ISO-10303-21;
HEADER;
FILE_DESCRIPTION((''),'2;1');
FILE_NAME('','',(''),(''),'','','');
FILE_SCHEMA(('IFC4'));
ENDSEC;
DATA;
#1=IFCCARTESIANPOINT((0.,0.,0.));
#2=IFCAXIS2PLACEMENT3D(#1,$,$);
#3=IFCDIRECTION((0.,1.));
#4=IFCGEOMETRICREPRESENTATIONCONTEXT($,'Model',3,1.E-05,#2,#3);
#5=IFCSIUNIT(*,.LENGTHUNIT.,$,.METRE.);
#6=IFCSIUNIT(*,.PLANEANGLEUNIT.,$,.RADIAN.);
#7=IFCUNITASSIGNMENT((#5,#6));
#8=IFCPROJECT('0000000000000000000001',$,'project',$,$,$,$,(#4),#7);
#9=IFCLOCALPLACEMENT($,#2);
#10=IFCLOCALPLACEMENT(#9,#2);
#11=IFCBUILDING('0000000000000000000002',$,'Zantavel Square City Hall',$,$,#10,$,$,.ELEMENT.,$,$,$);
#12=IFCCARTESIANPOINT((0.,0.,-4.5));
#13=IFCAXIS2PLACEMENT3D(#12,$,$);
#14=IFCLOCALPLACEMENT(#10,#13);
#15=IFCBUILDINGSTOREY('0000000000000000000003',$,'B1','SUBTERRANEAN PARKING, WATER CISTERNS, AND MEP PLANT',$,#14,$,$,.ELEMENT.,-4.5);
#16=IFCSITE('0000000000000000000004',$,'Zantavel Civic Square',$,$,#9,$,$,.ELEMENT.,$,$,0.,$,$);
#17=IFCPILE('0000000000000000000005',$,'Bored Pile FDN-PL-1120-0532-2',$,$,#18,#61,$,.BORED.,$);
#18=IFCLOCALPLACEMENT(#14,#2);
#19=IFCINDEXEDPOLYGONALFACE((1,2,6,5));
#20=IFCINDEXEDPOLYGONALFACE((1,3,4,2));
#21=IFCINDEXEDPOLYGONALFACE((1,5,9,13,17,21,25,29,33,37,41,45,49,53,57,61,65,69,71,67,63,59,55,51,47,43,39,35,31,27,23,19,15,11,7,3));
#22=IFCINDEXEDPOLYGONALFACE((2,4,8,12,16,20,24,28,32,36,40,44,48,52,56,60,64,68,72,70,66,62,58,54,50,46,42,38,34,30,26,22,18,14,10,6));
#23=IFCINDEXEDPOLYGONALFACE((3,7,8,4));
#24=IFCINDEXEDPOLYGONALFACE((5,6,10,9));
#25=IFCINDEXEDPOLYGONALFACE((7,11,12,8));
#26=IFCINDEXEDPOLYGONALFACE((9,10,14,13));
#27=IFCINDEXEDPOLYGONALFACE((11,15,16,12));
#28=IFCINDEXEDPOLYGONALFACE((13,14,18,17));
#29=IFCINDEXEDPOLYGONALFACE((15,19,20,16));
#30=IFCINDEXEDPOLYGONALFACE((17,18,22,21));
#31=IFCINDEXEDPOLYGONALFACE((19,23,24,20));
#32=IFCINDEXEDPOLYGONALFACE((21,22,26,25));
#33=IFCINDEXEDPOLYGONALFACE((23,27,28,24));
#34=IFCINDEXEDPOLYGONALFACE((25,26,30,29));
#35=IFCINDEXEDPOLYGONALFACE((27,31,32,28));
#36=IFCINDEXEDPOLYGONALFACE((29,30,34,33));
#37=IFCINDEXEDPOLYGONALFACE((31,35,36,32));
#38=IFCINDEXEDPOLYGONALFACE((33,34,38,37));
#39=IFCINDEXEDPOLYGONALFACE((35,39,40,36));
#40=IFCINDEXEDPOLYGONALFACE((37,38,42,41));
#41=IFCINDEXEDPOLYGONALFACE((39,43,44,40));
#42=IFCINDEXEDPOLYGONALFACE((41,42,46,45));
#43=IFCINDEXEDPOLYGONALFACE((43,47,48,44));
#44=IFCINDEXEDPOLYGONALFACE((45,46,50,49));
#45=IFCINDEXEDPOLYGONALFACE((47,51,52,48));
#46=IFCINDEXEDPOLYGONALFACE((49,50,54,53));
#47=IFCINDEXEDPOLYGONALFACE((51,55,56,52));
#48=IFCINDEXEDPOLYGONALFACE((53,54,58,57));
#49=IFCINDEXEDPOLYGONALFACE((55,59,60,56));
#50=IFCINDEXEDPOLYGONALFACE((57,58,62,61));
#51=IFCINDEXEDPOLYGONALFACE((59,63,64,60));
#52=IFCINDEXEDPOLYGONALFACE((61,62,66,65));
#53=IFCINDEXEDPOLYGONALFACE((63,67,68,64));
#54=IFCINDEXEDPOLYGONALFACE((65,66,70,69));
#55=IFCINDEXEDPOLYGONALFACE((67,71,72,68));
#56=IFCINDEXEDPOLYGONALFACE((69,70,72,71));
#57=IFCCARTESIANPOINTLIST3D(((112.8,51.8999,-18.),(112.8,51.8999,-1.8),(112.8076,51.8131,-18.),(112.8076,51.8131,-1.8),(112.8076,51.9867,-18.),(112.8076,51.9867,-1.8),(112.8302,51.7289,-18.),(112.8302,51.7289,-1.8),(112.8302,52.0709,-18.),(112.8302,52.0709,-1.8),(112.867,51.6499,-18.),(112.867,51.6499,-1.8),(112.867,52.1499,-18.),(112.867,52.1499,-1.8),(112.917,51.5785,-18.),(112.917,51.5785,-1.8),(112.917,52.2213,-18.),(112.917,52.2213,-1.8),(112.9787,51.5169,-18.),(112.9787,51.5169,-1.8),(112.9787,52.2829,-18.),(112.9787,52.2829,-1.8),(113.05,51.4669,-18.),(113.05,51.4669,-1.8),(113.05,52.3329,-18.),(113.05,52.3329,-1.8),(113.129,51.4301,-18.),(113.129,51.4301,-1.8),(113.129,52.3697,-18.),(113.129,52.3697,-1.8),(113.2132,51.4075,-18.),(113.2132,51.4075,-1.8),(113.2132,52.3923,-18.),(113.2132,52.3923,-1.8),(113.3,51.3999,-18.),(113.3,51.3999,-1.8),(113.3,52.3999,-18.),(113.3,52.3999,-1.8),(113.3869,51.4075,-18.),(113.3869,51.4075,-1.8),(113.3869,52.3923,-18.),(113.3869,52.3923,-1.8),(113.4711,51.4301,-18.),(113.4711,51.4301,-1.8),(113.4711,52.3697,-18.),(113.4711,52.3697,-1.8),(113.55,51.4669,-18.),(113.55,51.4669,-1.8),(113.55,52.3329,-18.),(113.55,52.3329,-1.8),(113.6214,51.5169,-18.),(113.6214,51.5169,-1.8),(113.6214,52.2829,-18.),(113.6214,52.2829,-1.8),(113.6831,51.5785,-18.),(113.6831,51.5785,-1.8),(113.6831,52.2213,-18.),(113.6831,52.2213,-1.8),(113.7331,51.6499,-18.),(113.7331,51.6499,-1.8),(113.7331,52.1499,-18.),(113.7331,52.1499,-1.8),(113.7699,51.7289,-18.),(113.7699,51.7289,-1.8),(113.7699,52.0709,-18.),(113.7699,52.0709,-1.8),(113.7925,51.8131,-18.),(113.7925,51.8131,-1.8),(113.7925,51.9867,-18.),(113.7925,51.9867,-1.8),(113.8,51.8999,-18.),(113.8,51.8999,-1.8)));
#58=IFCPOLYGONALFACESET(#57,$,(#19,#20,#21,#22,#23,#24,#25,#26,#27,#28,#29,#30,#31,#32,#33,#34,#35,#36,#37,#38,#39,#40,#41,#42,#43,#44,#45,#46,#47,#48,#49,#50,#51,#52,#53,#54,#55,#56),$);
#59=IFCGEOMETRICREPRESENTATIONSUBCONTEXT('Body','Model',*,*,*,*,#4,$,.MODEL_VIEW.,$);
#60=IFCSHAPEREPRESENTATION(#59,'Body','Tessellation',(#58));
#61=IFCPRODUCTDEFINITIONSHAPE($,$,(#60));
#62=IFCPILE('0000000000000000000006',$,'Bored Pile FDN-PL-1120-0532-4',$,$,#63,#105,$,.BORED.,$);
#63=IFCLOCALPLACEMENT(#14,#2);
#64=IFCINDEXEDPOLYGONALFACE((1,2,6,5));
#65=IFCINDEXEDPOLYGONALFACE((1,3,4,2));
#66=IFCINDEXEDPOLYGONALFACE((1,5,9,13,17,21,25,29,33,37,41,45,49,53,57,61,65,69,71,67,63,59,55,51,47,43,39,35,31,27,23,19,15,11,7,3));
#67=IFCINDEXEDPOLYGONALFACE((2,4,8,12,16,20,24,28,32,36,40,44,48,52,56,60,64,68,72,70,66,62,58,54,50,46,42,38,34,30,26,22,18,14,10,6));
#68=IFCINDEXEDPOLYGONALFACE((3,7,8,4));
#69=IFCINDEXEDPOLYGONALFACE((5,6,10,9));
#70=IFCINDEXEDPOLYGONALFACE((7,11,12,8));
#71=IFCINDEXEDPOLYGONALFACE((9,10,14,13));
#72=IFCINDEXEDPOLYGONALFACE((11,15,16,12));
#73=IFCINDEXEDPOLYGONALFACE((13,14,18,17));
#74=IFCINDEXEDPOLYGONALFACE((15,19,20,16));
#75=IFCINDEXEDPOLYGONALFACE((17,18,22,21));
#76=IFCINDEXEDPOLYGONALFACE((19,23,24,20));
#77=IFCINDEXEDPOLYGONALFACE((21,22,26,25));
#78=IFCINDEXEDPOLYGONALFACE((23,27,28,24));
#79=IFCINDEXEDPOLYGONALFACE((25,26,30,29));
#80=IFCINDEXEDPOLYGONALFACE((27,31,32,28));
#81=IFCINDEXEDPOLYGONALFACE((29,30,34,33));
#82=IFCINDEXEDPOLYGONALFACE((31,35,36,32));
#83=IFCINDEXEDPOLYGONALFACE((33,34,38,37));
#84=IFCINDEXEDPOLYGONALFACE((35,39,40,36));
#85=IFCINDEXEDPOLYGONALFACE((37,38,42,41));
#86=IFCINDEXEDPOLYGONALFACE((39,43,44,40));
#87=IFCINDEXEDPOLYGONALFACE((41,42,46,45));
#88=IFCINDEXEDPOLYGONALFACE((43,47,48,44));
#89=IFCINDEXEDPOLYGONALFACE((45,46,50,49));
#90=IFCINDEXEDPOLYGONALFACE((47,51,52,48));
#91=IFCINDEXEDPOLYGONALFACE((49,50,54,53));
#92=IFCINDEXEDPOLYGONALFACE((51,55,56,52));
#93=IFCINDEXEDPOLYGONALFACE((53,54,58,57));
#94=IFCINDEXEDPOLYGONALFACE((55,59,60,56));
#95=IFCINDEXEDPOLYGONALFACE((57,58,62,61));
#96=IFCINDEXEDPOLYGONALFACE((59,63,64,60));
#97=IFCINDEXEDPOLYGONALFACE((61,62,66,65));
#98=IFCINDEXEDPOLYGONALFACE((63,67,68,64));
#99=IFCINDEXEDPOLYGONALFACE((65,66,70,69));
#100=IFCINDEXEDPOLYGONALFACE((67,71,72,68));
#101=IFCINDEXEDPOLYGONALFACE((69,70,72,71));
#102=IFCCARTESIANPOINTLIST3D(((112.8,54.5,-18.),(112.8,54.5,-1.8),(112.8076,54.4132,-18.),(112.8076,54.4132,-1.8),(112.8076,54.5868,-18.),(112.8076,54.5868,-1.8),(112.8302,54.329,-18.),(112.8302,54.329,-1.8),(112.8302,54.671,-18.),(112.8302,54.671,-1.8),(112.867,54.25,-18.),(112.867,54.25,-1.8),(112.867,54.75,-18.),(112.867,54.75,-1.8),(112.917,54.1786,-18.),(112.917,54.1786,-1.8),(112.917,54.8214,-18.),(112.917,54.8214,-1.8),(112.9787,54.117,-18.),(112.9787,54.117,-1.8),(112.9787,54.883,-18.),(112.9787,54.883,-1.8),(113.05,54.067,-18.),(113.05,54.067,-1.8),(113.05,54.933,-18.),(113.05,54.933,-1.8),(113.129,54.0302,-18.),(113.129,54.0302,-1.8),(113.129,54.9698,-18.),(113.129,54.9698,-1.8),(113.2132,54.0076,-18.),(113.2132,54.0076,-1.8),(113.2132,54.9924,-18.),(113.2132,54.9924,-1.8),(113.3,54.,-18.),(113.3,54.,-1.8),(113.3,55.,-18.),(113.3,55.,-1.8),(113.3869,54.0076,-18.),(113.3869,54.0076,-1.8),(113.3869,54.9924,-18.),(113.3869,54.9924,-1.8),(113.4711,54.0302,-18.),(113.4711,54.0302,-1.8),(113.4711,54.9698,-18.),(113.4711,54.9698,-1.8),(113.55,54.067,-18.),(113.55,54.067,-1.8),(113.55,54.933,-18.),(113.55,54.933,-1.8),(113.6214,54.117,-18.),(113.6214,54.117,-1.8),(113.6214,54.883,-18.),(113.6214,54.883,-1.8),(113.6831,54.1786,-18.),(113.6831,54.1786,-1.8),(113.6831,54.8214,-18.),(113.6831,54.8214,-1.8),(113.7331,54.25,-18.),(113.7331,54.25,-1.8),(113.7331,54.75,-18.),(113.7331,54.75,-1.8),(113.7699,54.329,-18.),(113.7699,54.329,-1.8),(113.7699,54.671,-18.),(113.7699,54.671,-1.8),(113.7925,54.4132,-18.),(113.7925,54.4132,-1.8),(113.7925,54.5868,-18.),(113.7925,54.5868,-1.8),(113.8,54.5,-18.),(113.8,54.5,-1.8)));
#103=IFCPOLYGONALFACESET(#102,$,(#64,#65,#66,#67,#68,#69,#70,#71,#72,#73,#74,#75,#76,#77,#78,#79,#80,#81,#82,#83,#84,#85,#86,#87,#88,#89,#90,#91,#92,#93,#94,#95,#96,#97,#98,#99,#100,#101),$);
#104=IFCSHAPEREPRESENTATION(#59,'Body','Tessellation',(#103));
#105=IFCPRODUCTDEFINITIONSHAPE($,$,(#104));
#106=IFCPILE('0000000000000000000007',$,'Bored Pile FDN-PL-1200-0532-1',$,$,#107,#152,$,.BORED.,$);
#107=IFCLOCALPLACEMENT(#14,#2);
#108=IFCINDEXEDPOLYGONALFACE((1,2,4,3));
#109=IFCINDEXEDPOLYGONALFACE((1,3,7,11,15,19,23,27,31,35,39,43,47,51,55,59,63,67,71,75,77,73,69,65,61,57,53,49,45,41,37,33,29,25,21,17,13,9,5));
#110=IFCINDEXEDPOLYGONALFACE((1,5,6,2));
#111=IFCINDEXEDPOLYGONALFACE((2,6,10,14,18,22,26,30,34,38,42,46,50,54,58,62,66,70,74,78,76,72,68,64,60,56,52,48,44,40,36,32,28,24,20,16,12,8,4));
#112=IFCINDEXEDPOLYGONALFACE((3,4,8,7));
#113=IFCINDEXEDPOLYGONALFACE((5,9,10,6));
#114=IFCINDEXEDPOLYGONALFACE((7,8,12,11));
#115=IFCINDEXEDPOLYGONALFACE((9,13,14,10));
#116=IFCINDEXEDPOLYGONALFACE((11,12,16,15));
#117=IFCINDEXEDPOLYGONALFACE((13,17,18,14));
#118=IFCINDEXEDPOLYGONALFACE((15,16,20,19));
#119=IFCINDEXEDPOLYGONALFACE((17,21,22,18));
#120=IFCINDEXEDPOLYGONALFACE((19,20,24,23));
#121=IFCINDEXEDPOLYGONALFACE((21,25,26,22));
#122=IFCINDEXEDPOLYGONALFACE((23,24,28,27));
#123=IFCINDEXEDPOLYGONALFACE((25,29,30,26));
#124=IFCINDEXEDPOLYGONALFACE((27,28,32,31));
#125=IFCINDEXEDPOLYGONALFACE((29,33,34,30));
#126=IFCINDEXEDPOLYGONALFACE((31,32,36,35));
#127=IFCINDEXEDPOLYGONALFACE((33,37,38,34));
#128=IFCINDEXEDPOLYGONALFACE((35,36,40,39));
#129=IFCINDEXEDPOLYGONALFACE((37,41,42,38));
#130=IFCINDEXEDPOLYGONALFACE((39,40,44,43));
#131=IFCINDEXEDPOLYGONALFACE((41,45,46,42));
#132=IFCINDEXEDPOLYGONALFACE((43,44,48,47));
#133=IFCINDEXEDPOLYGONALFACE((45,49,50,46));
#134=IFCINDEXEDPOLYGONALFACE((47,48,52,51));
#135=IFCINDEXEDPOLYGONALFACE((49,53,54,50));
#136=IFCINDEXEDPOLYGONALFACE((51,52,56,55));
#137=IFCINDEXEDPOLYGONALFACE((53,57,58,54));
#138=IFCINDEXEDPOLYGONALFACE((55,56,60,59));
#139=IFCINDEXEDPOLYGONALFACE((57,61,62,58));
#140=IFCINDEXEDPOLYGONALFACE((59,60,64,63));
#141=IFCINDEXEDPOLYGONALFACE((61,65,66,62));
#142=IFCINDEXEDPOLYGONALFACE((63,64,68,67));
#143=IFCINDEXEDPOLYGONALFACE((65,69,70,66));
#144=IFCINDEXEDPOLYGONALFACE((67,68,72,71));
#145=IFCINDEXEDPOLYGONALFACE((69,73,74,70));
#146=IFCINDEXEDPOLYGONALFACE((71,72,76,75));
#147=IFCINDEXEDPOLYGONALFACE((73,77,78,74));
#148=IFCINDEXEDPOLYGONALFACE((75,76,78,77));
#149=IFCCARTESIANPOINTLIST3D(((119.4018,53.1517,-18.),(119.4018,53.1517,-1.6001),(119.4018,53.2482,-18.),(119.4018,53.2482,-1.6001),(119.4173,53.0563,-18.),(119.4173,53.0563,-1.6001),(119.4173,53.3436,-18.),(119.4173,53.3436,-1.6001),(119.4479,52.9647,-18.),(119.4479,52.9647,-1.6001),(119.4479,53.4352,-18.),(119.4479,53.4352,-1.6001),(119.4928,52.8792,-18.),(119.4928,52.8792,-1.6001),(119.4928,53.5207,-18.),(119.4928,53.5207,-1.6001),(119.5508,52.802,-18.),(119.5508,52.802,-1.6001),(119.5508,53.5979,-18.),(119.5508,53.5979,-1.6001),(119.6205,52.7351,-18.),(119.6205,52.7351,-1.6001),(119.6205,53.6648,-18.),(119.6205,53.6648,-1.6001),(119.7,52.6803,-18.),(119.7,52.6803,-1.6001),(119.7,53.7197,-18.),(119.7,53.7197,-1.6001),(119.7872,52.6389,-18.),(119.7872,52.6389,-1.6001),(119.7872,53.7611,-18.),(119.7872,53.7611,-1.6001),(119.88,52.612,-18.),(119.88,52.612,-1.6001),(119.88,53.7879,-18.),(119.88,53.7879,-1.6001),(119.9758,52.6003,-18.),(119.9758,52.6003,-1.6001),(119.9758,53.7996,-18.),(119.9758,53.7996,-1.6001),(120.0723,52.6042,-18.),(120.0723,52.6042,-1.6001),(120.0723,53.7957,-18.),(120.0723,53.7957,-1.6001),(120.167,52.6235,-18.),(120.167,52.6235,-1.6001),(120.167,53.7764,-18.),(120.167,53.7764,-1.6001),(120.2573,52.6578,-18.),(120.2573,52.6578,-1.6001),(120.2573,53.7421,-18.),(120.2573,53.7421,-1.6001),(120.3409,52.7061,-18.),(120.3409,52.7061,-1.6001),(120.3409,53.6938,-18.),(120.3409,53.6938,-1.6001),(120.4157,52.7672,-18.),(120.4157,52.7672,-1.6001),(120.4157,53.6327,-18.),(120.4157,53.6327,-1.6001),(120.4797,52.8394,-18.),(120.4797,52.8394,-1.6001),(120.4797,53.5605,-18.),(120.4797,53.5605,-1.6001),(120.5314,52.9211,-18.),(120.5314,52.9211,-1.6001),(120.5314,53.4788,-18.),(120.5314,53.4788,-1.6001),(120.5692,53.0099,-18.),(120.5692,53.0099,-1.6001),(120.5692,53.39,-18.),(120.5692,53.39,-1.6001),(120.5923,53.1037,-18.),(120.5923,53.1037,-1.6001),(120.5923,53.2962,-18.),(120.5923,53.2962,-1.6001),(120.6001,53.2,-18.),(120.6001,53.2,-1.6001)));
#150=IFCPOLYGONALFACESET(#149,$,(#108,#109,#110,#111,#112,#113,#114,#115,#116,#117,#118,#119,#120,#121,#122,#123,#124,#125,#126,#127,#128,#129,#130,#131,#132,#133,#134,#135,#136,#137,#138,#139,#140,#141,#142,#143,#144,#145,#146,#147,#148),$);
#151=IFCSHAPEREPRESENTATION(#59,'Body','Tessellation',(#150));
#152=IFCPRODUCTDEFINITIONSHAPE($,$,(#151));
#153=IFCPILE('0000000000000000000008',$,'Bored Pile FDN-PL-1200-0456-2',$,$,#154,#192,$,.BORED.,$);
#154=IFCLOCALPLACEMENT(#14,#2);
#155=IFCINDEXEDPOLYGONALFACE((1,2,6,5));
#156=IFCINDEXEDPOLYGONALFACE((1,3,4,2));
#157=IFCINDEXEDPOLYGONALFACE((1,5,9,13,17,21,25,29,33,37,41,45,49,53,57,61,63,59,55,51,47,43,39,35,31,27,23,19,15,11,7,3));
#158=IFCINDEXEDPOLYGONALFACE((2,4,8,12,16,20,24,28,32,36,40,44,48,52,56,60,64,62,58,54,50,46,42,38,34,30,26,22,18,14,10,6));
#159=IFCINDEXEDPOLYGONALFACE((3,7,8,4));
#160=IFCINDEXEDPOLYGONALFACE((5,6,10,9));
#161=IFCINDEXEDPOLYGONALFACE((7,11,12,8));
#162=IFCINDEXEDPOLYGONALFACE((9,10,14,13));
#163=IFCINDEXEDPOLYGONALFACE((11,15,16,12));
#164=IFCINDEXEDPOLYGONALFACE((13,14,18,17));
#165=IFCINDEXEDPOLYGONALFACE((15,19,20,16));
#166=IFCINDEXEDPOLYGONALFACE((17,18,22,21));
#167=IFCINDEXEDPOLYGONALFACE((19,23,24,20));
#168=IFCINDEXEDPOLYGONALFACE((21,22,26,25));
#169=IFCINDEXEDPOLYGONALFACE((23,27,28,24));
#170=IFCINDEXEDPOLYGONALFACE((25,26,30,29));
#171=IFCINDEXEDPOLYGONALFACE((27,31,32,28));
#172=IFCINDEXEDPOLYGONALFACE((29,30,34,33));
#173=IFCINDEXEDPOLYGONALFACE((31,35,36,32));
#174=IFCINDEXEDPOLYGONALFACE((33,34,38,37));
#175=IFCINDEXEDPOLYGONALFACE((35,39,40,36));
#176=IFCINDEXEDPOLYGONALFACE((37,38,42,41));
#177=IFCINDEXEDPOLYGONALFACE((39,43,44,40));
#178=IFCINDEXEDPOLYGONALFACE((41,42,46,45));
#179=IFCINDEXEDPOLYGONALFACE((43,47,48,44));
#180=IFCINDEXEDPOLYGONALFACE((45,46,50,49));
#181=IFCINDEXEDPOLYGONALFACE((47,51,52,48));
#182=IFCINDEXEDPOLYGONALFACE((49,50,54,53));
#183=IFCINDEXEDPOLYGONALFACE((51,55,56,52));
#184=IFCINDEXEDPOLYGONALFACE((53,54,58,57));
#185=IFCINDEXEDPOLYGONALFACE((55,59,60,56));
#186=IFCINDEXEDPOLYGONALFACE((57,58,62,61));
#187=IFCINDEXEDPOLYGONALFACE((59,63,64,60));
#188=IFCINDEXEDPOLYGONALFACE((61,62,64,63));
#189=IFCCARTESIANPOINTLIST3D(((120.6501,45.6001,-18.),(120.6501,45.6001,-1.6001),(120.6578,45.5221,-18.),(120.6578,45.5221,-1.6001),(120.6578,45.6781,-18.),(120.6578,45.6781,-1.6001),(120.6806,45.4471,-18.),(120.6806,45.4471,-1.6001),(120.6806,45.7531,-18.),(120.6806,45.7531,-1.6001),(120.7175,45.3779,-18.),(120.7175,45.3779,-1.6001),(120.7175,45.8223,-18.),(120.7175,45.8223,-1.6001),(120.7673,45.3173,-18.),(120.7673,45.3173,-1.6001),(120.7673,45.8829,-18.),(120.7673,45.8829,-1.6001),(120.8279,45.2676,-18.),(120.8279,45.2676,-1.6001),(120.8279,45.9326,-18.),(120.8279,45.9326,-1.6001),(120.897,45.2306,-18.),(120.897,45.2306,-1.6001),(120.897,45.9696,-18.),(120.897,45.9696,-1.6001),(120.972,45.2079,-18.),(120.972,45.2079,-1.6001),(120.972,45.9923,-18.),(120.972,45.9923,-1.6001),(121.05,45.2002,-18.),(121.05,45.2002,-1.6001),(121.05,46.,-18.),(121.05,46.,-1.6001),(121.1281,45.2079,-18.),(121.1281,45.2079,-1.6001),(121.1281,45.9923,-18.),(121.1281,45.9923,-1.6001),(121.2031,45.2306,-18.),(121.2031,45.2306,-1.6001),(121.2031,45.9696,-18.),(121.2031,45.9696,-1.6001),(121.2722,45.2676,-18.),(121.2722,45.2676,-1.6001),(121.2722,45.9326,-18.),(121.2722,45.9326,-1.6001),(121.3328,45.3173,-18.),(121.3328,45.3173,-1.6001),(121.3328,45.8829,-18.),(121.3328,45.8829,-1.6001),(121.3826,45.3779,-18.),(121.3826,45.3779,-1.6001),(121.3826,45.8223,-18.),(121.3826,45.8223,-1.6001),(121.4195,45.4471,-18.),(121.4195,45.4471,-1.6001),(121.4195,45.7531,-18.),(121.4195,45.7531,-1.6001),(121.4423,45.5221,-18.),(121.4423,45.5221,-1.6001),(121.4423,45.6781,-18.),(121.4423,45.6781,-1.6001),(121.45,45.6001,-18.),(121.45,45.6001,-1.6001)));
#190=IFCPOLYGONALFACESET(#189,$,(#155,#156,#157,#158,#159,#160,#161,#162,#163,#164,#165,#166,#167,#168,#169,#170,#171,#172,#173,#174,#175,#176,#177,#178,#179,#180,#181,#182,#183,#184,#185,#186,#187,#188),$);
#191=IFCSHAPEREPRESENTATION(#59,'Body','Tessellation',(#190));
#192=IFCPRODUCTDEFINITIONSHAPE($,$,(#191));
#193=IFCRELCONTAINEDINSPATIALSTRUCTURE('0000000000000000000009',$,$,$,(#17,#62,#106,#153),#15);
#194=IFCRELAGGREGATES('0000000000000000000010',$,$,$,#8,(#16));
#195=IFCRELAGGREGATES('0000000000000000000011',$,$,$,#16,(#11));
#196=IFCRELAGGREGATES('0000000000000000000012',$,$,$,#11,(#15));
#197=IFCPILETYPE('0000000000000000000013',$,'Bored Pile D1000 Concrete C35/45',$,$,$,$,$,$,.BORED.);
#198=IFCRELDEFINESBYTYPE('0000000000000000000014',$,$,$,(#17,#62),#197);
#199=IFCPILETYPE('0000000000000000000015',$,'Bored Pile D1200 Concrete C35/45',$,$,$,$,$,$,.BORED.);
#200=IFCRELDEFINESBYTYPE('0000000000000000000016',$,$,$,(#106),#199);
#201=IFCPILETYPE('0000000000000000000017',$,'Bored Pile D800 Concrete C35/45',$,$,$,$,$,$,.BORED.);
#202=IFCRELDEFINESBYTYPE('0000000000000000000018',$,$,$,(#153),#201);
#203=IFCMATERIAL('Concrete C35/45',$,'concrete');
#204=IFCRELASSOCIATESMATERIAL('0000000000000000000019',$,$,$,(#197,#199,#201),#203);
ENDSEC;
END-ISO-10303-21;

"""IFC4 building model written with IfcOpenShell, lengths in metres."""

from ifc_helpers import new_model, si_unit, direction, frame, origin, origin_2d, place, context, subcontext, project, spatial, circle, extrude, material, material_profile, profile_set, type_object, element, save


model = new_model("IFC4")

# Units and contexts
model_context = context("Model", 3, precision=1e-05, world=origin(), true_north=direction((0.0, 1.0)))
body_context = subcontext(model_context, "Body", "Model", "MODEL_VIEW")
ifc_project = project(units=[si_unit("LENGTHUNIT", "METRE"), si_unit("PLANEANGLEUNIT", "RADIAN")], contexts=[model_context])

# Site, building, storey
site_placement = place(None, origin())
site = spatial("IfcSite", under=ifc_project, at=site_placement, Name="Zantavel Civic Square", CompositionType="ELEMENT", RefElevation=0.0)
building_placement = place(site_placement, origin())
building = spatial("IfcBuilding", under=site, at=building_placement, Name="Zantavel Square City Hall", CompositionType="ELEMENT")
storey_placement = place(building_placement, frame((0.0, 0.0, -4.5)))
storey = spatial("IfcBuildingStorey", under=building, at=storey_placement, Name="B1", Description="SUBTERRANEAN PARKING, WATER CISTERNS, AND MEP PLANT", CompositionType="ELEMENT", Elevation=-4.5)

# Piles
ifc_material_1 = material(Name="Concrete C35/45", Category="concrete")
ifc_material_profile_1 = material_profile(ifc_material_1, circle(Radius=0.5, at=origin_2d()), Name="PILE D1000")
ifc_profile_set_1 = profile_set([ifc_material_profile_1], Name="Concrete C35/45")
pile_type_1 = type_object("IfcPileType", Name="Bored Pile D1000 Concrete C35/45", PredefinedType="BORED", material=ifc_profile_set_1)
for number, where, z_axis, x_axis, name in (
    (1, (113.3, 51.8999, -1.8), (0.0, 0.0, -1.0), (1.0, 0.0, 0.0), "Bored Pile FDN-PL-1120-0532-2"),
    (2, (113.3, 54.5, -1.8), (0.0, 0.0, -1.0), (1.0, 0.0, 0.0), "Bored Pile FDN-PL-1120-0532-4"),
):
    element("IfcPile", number, at=place(storey_placement, frame(where, z_axis=z_axis, x_axis=x_axis)), inside=storey, type_object=pile_type_1, Name=name, PredefinedType="BORED", context=body_context, shape_type="SweptSolid", body=[
        extrude(circle(Radius=0.5, at=origin_2d()), origin(), (0.0, 0.0, 1.0), 16.2),
    ])
ifc_material_profile_2 = material_profile(ifc_material_1, circle(Radius=0.6001, at=origin_2d()), Name="PILE D1200")
ifc_profile_set_2 = profile_set([ifc_material_profile_2], Name="Concrete C35/45")
pile_type_2 = type_object("IfcPileType", Name="Bored Pile D1200 Concrete C35/45", PredefinedType="BORED", material=ifc_profile_set_2)
pile_1_placement = place(storey_placement, frame((120.0, 53.2, -1.6001), z_axis=(0.0, 0.0, -1.0), x_axis=(1.0, 0.0, 0.0)))
element("IfcPile", 3, at=pile_1_placement, inside=storey, type_object=pile_type_2, Name="Bored Pile FDN-PL-1200-0532-1", PredefinedType="BORED", context=body_context, shape_type="SweptSolid", body=[
    extrude(circle(Radius=0.6001, at=origin_2d()), origin(), (0.0, 0.0, 1.0), 16.3999),
])
ifc_material_profile_3 = material_profile(ifc_material_1, circle(Radius=0.3999, at=origin_2d()), Name="PILE D800")
ifc_profile_set_3 = profile_set([ifc_material_profile_3], Name="Concrete C35/45")
pile_type_3 = type_object("IfcPileType", Name="Bored Pile D800 Concrete C35/45", PredefinedType="BORED", material=ifc_profile_set_3)
pile_2_placement = place(storey_placement, frame((121.05, 45.6001, -1.6001), z_axis=(0.0, 0.0, -1.0), x_axis=(1.0, 0.0, 0.0)))
element("IfcPile", 4, at=pile_2_placement, inside=storey, type_object=pile_type_3, Name="Bored Pile FDN-PL-1200-0456-2", PredefinedType="BORED", context=body_context, shape_type="SweptSolid", body=[
    extrude(circle(Radius=0.3999, at=origin_2d()), origin(), (0.0, 0.0, 1.0), 16.3999),
])

save(model, "model.ifc")
